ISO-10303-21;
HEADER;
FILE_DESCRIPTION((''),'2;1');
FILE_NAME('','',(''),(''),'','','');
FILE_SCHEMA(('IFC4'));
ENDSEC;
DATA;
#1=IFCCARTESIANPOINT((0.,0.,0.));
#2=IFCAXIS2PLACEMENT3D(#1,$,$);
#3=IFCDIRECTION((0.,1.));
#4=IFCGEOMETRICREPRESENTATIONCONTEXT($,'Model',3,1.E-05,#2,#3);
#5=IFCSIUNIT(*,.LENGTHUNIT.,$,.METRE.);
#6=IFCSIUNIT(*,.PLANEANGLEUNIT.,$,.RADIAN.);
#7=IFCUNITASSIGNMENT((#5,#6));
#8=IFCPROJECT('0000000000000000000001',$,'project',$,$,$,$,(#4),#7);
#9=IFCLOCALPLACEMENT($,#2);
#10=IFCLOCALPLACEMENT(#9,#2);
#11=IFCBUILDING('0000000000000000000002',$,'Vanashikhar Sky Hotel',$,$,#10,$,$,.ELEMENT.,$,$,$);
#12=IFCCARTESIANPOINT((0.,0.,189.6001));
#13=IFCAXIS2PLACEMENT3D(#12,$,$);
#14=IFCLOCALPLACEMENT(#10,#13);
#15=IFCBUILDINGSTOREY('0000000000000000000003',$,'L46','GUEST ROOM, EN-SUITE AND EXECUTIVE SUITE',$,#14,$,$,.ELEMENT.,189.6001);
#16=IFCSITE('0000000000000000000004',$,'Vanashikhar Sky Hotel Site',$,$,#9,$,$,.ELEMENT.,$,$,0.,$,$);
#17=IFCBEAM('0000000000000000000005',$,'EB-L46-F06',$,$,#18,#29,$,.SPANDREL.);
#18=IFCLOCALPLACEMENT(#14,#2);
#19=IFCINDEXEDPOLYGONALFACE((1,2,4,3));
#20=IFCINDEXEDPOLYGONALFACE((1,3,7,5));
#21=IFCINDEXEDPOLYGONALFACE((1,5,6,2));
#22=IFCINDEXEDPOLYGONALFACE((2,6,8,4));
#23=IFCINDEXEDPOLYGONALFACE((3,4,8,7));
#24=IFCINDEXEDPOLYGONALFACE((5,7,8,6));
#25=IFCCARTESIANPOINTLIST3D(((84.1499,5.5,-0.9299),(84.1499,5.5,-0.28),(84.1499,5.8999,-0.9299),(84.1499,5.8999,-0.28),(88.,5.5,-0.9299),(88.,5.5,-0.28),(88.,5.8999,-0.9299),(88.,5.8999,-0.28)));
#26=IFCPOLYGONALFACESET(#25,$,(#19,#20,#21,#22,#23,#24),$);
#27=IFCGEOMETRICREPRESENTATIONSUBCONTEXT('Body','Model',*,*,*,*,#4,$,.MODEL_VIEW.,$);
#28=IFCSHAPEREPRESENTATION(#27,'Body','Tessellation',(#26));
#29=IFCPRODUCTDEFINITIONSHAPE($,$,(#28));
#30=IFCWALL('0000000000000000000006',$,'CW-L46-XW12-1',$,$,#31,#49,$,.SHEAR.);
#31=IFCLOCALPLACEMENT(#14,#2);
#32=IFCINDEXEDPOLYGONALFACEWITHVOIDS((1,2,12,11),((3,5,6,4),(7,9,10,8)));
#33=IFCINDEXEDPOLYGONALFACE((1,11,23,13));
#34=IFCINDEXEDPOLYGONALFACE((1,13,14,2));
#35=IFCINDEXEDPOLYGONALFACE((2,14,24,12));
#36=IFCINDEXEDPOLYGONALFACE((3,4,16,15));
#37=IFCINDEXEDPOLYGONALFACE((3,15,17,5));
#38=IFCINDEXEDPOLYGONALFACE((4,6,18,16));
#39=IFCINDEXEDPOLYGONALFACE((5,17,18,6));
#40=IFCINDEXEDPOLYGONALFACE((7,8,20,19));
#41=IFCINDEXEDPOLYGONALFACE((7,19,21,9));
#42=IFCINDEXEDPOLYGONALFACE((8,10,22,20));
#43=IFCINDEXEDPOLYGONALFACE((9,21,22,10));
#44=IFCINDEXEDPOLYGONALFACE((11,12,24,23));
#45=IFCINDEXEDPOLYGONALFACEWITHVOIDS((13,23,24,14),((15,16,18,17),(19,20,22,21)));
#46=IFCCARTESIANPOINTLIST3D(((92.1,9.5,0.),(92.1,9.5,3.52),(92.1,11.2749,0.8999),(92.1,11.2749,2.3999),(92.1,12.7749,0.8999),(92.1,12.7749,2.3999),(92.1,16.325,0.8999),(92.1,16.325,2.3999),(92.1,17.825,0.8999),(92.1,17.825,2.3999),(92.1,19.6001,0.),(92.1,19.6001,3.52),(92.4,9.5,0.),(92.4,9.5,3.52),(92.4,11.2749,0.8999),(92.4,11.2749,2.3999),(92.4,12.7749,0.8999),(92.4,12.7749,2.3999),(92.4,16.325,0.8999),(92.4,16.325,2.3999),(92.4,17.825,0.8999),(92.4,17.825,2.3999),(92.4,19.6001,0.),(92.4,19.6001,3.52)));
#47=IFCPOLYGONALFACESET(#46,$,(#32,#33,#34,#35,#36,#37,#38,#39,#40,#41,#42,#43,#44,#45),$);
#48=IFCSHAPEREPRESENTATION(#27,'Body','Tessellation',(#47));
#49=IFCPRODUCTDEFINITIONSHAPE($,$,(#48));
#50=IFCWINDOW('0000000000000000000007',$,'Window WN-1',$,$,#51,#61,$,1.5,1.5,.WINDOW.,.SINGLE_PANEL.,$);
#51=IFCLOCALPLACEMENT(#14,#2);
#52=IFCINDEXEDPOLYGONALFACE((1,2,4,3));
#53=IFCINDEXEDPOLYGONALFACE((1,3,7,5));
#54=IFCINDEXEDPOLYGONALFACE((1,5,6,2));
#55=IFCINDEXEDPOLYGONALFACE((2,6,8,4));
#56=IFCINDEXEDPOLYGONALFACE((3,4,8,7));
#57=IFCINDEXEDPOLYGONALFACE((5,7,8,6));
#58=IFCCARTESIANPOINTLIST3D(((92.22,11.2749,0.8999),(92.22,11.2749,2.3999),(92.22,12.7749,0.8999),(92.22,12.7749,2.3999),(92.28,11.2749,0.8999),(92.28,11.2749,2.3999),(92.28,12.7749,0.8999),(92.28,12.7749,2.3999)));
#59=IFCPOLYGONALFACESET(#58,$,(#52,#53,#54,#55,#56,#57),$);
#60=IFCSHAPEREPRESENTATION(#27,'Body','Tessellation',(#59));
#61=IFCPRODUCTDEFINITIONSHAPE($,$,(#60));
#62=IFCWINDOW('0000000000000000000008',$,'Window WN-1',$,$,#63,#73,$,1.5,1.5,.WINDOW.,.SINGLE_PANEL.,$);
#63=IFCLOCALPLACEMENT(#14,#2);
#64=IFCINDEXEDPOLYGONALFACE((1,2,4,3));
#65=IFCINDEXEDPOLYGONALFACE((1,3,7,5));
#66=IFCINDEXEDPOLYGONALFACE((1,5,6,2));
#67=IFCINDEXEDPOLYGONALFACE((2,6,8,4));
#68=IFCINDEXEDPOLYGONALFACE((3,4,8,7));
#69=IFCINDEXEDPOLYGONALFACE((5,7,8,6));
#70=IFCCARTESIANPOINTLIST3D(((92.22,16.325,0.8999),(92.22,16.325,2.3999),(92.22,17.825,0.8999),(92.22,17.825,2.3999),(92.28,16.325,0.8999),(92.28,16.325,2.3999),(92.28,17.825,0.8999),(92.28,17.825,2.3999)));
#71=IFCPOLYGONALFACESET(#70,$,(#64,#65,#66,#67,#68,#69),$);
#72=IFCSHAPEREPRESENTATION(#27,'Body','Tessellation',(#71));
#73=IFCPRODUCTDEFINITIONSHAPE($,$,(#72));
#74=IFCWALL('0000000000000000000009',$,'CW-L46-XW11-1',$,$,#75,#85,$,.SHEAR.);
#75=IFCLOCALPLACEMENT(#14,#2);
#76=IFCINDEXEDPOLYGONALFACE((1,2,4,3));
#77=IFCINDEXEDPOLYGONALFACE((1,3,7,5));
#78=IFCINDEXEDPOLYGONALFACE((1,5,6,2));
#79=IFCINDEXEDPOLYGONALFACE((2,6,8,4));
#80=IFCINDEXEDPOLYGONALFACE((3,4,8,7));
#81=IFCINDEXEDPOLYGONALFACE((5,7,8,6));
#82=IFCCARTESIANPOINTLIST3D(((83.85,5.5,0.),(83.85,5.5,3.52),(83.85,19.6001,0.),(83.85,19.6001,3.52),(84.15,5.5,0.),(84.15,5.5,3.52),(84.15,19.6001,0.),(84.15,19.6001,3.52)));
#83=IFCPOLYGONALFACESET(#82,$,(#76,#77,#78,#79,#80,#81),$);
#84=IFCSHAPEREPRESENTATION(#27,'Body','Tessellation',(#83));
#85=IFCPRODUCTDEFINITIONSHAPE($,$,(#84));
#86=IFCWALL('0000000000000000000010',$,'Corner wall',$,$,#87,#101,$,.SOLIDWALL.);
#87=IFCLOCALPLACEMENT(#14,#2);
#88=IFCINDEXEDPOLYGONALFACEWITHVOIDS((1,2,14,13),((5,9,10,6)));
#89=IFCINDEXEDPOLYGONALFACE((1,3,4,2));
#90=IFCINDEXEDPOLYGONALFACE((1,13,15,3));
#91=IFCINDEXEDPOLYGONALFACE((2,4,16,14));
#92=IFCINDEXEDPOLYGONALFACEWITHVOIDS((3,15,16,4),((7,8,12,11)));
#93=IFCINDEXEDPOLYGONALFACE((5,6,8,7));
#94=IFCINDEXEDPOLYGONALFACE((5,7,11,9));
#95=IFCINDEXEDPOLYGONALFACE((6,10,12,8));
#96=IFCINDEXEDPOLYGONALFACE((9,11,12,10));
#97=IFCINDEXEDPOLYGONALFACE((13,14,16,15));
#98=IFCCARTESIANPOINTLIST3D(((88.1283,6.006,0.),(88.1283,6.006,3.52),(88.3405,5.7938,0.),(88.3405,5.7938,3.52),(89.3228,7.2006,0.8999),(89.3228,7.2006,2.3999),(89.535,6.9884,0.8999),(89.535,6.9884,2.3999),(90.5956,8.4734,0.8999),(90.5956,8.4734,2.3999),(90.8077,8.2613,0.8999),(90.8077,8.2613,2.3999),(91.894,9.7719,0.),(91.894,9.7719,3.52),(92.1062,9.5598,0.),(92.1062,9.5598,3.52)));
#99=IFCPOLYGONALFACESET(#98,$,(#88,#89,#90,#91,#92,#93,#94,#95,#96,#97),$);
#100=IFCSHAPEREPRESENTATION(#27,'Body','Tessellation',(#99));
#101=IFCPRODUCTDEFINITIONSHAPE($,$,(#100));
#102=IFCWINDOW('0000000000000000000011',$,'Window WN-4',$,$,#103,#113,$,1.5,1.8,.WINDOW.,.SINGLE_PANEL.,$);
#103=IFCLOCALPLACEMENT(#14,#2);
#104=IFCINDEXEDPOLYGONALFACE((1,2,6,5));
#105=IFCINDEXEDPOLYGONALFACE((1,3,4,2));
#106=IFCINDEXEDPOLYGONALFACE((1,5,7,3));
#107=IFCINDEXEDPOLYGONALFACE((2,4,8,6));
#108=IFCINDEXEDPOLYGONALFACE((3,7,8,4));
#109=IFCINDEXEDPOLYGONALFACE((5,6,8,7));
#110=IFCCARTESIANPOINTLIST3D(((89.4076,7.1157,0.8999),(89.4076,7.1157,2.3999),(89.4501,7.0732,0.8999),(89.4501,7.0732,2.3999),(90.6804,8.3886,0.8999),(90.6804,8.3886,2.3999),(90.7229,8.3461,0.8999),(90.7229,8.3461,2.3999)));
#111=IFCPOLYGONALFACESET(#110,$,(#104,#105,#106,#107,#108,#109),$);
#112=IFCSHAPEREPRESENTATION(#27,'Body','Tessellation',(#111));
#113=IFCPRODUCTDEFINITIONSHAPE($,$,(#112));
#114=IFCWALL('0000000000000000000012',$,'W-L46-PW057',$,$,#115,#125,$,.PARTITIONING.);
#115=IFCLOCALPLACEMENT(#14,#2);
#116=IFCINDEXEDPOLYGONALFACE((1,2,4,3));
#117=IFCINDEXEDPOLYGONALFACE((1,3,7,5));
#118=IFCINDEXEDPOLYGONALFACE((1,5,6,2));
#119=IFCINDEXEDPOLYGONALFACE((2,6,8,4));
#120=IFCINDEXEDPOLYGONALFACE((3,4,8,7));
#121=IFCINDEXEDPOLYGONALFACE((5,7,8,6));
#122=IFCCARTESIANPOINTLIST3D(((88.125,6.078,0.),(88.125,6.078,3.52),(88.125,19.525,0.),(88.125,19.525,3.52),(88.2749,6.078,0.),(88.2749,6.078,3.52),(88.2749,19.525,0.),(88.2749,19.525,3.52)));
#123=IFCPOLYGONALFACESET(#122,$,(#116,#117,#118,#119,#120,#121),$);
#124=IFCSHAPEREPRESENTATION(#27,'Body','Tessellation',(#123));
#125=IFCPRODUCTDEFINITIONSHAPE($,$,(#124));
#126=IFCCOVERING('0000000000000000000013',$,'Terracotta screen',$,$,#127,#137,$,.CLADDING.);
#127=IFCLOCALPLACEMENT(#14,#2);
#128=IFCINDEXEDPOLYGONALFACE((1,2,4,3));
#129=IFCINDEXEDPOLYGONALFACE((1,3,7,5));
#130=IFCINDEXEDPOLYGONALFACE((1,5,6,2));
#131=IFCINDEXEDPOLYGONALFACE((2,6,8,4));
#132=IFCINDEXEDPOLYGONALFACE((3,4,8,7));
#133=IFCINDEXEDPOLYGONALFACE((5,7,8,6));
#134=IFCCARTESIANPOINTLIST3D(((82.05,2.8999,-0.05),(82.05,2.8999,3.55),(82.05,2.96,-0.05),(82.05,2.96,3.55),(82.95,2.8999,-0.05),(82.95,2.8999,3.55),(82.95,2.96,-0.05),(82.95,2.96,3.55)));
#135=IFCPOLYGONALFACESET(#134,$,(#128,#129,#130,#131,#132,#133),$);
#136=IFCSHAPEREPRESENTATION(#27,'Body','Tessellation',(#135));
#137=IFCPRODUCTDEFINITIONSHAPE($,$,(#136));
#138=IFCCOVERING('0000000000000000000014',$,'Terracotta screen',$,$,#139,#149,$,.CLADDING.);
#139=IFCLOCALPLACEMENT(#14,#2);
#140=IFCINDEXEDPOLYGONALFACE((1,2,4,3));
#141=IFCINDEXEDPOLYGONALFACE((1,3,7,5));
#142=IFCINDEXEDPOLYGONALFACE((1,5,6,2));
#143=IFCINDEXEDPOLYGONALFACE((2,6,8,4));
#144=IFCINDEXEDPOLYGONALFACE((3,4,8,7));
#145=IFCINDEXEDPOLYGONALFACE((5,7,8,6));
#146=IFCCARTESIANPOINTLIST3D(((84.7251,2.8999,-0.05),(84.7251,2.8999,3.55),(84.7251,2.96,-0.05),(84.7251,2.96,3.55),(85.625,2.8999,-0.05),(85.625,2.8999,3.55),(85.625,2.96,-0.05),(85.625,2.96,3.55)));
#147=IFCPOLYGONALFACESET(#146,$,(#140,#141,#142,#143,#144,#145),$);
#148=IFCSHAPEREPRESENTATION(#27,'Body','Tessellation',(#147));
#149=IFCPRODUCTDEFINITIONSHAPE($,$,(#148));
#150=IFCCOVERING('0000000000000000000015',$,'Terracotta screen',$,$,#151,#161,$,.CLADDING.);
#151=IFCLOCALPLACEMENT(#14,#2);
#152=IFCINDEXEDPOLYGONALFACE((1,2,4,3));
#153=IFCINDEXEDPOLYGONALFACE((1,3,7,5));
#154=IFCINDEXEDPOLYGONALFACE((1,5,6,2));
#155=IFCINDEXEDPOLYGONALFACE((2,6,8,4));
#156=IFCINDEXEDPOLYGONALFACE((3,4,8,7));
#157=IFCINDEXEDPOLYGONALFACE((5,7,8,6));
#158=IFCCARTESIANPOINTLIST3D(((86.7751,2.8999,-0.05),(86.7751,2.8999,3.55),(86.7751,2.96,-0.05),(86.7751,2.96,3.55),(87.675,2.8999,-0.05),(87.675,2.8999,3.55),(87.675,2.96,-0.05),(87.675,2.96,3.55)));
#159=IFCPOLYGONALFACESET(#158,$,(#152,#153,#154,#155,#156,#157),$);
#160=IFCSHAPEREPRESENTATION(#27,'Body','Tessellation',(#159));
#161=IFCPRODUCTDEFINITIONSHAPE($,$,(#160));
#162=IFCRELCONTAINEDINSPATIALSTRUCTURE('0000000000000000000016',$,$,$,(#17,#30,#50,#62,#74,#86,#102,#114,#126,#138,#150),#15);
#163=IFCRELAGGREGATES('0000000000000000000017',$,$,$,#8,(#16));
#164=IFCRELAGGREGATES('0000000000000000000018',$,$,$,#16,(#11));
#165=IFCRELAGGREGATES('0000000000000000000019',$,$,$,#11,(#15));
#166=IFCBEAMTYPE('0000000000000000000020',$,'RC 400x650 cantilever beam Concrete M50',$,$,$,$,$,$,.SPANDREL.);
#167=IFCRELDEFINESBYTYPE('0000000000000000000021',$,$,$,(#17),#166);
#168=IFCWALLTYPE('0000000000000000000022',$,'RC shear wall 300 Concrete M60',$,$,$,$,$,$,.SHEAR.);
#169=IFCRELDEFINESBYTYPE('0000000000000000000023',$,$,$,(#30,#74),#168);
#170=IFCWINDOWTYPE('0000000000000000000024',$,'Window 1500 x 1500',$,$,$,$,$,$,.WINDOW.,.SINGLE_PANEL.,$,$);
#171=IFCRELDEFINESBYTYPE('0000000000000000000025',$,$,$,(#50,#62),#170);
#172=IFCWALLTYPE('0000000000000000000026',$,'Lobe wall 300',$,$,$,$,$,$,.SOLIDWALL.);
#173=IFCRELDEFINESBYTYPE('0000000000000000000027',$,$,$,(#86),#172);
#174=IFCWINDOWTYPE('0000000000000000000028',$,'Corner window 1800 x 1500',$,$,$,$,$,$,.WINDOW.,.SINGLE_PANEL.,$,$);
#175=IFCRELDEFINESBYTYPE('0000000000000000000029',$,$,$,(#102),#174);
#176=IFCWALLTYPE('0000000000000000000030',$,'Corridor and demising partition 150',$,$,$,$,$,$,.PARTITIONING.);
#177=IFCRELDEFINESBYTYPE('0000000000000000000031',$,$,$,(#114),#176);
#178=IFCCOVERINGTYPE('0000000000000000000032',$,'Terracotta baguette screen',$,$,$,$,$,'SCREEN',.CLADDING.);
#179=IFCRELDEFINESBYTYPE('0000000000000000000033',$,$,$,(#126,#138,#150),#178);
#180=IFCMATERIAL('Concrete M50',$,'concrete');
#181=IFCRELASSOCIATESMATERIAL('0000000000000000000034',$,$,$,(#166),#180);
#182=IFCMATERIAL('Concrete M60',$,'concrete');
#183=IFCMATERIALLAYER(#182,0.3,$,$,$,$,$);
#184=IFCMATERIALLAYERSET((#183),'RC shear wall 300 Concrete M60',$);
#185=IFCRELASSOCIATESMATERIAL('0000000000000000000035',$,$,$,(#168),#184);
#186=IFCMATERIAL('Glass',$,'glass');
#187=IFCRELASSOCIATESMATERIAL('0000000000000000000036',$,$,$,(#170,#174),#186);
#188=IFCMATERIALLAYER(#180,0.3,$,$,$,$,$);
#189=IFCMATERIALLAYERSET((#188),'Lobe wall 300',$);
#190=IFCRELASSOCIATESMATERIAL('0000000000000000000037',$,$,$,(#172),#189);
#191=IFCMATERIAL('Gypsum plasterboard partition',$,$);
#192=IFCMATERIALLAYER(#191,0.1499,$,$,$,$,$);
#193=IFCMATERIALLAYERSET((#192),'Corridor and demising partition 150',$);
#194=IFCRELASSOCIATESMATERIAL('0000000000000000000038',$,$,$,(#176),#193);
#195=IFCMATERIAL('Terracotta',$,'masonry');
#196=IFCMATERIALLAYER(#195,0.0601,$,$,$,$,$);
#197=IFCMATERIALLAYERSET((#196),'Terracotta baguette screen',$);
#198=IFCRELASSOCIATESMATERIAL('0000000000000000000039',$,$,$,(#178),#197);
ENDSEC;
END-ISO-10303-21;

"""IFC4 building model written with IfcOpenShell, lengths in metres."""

from ifc_helpers import new_model, si_unit, direction, frame, frame_2d, origin, origin_2d, place, context, subcontext, project, spatial, rectangle, extrude, source, transform, mapped, material, layer, layer_set, material_profile, profile_set, type_object, element, fill, save


model = new_model("IFC4")

# Units and contexts
model_context = context("Model", 3, precision=1e-05, world=origin(), true_north=direction((0.0, 1.0)))
body_context = subcontext(model_context, "Body", "Model", "MODEL_VIEW")
ifc_project = project(units=[si_unit("LENGTHUNIT", "METRE"), si_unit("PLANEANGLEUNIT", "RADIAN")], contexts=[model_context])

# Site, building, storey
site_placement = place(None, origin())
site = spatial("IfcSite", under=ifc_project, at=site_placement, Name="Vanashikhar Sky Hotel Site", CompositionType="ELEMENT", RefElevation=0.0)
building_placement = place(site_placement, origin())
building = spatial("IfcBuilding", under=site, at=building_placement, Name="Vanashikhar Sky Hotel", CompositionType="ELEMENT")
storey_placement = place(building_placement, frame((0.0, 0.0, 189.6001)))
storey = spatial("IfcBuildingStorey", under=building, at=storey_placement, Name="L46", Description="GUEST ROOM, EN-SUITE AND EXECUTIVE SUITE", CompositionType="ELEMENT", Elevation=189.6001)

# Beam
ifc_material_1 = material(Name="Concrete M50", Category="concrete")
ifc_material_profile = material_profile(ifc_material_1, rectangle(XDim=0.3999, YDim=0.6499, at=origin_2d()))
ifc_profile_set = profile_set([ifc_material_profile], Name="RC 400x650 cantilever beam Concrete M50")
beam_type = type_object("IfcBeamType", Name="RC 400x650 cantilever beam Concrete M50", PredefinedType="SPANDREL", material=ifc_profile_set)
shared_shape_1 = source(origin(), body_context, "Body", "SweptSolid", [
    extrude(rectangle(XDim=0.3999, YDim=0.6499, at=origin_2d()), origin(), (0.0, 0.0, 1.0), 3.8501),
])
beam_placement = place(storey_placement, frame((84.1499, 5.7, -0.605), z_axis=(1.0, 0.0, 0.0), x_axis=(0.0, 1.0, 0.0)))
element("IfcBeam", 1, at=beam_placement, inside=storey, type_object=beam_type, Name="EB-L46-F06", PredefinedType="SPANDREL", context=body_context, shape_type="MappedRepresentation", body=[
    mapped(shared_shape_1, transform((0.0, 0.0, 0.0), scale=1.0)),
])

# Wall, openings, windows
ifc_material_2 = material(Name="Concrete M60", Category="concrete")
ifc_layer_1 = layer(ifc_material_2, 0.3)
ifc_layer_set_1 = layer_set([ifc_layer_1], Name="RC shear wall 300 Concrete M60")
wall_type_1 = type_object("IfcWallType", Name="RC shear wall 300 Concrete M60", PredefinedType="SHEAR", material=ifc_layer_set_1)
shared_shape_2 = source(origin(), body_context, "Body", "SweptSolid", [
    extrude(rectangle(XDim=10.1001, YDim=0.3, at=frame_2d((5.05, 0.0))), origin(), (0.0, 0.0, 1.0), 3.52),
])
wall_1_placement = place(storey_placement, frame((92.25, 9.5, 0.0), z_axis=(0.0, 0.0, 1.0), x_axis=(0.0, 1.0, 0.0)))
wall_1 = element("IfcWall", 2, at=wall_1_placement, inside=storey, type_object=wall_type_1, Name="CW-L46-XW12-1", PredefinedType="SHEAR", context=body_context, shape_type="MappedRepresentation", body=[
    mapped(shared_shape_2, transform((0.0, 0.0, 0.0), scale=1.0)),
])
shared_shape_3 = source(origin(), body_context, "Body", "SweptSolid", [
    extrude(rectangle(XDim=1.5, YDim=1.5, at=frame_2d((0.75, 0.75))), frame((0.0, 0.1602, 0.0), z_axis=(0.0, -1.0, 0.0), x_axis=(1.0, 0.0, 0.0)), (0.0, 0.0, 1.0), 0.3201),
])
opening_1_placement = place(wall_1_placement, frame((1.7749, 0.0, 0.8999)))
opening_1 = element("IfcOpeningElement", 3, at=opening_1_placement, cuts=wall_1, PredefinedType="OPENING", context=body_context, shape_type="MappedRepresentation", body=[
    mapped(shared_shape_3, transform((0.0, 0.0, 0.0), scale=1.0)),
])
opening_2_placement = place(wall_1_placement, frame((6.825, 0.0, 0.8999)))
opening_2 = element("IfcOpeningElement", 4, at=opening_2_placement, cuts=wall_1, PredefinedType="OPENING", context=body_context, shape_type="MappedRepresentation", body=[
    mapped(shared_shape_3, transform((0.0, 0.0, 0.0), scale=1.0)),
])
ifc_material_3 = material(Name="Glass", Category="glass")
window_type_1 = type_object("IfcWindowType", Name="Window 1500 x 1500", PartitioningType="SINGLE_PANEL", PredefinedType="WINDOW", material=ifc_material_3)
shared_shape_4 = source(origin(), body_context, "Body", "SweptSolid", [
    extrude(rectangle(XDim=1.5, YDim=1.5, at=frame_2d((0.75, 0.75))), frame((0.0, 0.03, 0.0), z_axis=(0.0, -1.0, 0.0), x_axis=(1.0, 0.0, 0.0)), (0.0, 0.0, 1.0), 0.0601),
])
window_1_placement = place(opening_1_placement, origin())
window_1 = element("IfcWindow", 5, at=window_1_placement, inside=storey, type_object=window_type_1, Name="Window WN-1", OverallHeight=1.5, OverallWidth=1.5, PartitioningType="SINGLE_PANEL", PredefinedType="WINDOW", context=body_context, shape_type="MappedRepresentation", body=[
    mapped(shared_shape_4, transform((0.0, 0.0, 0.0), scale=1.0)),
])
fill(opening_1, window_1)
window_2_placement = place(opening_2_placement, origin())
window_2 = element("IfcWindow", 6, at=window_2_placement, inside=storey, type_object=window_type_1, Name="Window WN-1", OverallHeight=1.5, OverallWidth=1.5, PartitioningType="SINGLE_PANEL", PredefinedType="WINDOW", context=body_context, shape_type="MappedRepresentation", body=[
    mapped(shared_shape_4, transform((0.0, 0.0, 0.0), scale=1.0)),
])
fill(opening_2, window_2)

# Wall
shared_shape_5 = source(origin(), body_context, "Body", "SweptSolid", [
    extrude(rectangle(XDim=14.1001, YDim=0.3, at=frame_2d((7.05, 0.0))), origin(), (0.0, 0.0, 1.0), 3.52),
])
wall_2_placement = place(storey_placement, frame((84.0, 5.5, 0.0), z_axis=(0.0, 0.0, 1.0), x_axis=(0.0, 1.0, 0.0)))
element("IfcWall", 7, at=wall_2_placement, inside=storey, type_object=wall_type_1, Name="CW-L46-XW11-1", PredefinedType="SHEAR", context=body_context, shape_type="MappedRepresentation", body=[
    mapped(shared_shape_5, transform((0.0, 0.0, 0.0), scale=1.0)),
])

# Wall, opening, window
ifc_layer_2 = layer(ifc_material_1, 0.3)
ifc_layer_set_2 = layer_set([ifc_layer_2], Name="Lobe wall 300")
wall_type_2 = type_object("IfcWallType", Name="Lobe wall 300", PredefinedType="SOLIDWALL", material=ifc_layer_set_2)
shared_shape_6 = source(origin(), body_context, "Body", "SweptSolid", [
    extrude(rectangle(XDim=5.3257, YDim=0.3, at=frame_2d((2.6628, 0.0))), origin(), (0.0, 0.0, 1.0), 3.52),
])
wall_3_placement = place(storey_placement, frame((88.2344, 5.8999, 0.0), z_axis=(0.0, 0.0, 1.0), x_axis=(0.707084, 0.70713, 0.0)))
wall_3 = element("IfcWall", 8, at=wall_3_placement, inside=storey, type_object=wall_type_2, Name="Corner wall", PredefinedType="SOLIDWALL", context=body_context, shape_type="MappedRepresentation", body=[
    mapped(shared_shape_6, transform((0.0, 0.0, 0.0), scale=1.0)),
])
shared_shape_7 = source(origin(), body_context, "Body", "SweptSolid", [
    extrude(rectangle(XDim=1.8, YDim=1.5, at=frame_2d((0.8999, 0.75))), frame((0.0, 0.1602, 0.0), z_axis=(0.0, -1.0, 0.0), x_axis=(1.0, 0.0, 0.0)), (0.0, 0.0, 1.0), 0.3201),
])
opening_3_placement = place(wall_3_placement, frame((1.6895, 0.0, 0.8999)))
opening_3 = element("IfcOpeningElement", 9, at=opening_3_placement, cuts=wall_3, PredefinedType="OPENING", context=body_context, shape_type="MappedRepresentation", body=[
    mapped(shared_shape_7, transform((0.0, 0.0, 0.0), scale=1.0)),
])
window_type_2 = type_object("IfcWindowType", Name="Corner window 1800 x 1500", PartitioningType="SINGLE_PANEL", PredefinedType="WINDOW", material=ifc_material_3)
shared_shape_8 = source(origin(), body_context, "Body", "SweptSolid", [
    extrude(rectangle(XDim=1.8, YDim=1.5, at=frame_2d((0.8999, 0.75))), frame((0.0, 0.03, 0.0), z_axis=(0.0, -1.0, 0.0), x_axis=(1.0, 0.0, 0.0)), (0.0, 0.0, 1.0), 0.0601),
])
window_3_placement = place(opening_3_placement, origin())
window_3 = element("IfcWindow", 10, at=window_3_placement, inside=storey, type_object=window_type_2, Name="Window WN-4", OverallHeight=1.5, OverallWidth=1.8, PartitioningType="SINGLE_PANEL", PredefinedType="WINDOW", context=body_context, shape_type="MappedRepresentation", body=[
    mapped(shared_shape_8, transform((0.0, 0.0, 0.0), scale=1.0)),
])
fill(opening_3, window_3)

# Wall
ifc_material_4 = material(Name="Gypsum plasterboard partition")
ifc_layer_3 = layer(ifc_material_4, 0.1499)
ifc_layer_set_3 = layer_set([ifc_layer_3], Name="Corridor and demising partition 150")
wall_type_3 = type_object("IfcWallType", Name="Corridor and demising partition 150", PredefinedType="PARTITIONING", material=ifc_layer_set_3)
shared_shape_9 = source(origin(), body_context, "Body", "SweptSolid", [
    extrude(rectangle(XDim=13.447, YDim=0.1499, at=frame_2d((6.7236, 0.0))), origin(), (0.0, 0.0, 1.0), 3.52),
])
wall_4_placement = place(storey_placement, frame((88.2, 6.0779, 0.0), z_axis=(0.0, 0.0, 1.0), x_axis=(0.0, 1.0, 0.0)))
element("IfcWall", 11, at=wall_4_placement, inside=storey, type_object=wall_type_3, Name="W-L46-PW057", PredefinedType="PARTITIONING", context=body_context, shape_type="MappedRepresentation", body=[
    mapped(shared_shape_9, transform((0.0, 0.0, 0.0), scale=1.0)),
])

# Coverings
ifc_material_5 = material(Name="Terracotta", Category="masonry")
ifc_layer_4 = layer(ifc_material_5, 0.0601)
ifc_layer_set_4 = layer_set([ifc_layer_4], Name="Terracotta baguette screen")
covering_type = type_object("IfcCoveringType", Name="Terracotta baguette screen", ElementType="SCREEN", PredefinedType="CLADDING", material=ifc_layer_set_4)
shared_shape_10 = source(origin(), body_context, "Body", "SweptSolid", [
    extrude(rectangle(XDim=0.8999, YDim=0.0601, at=origin_2d()), origin(), (0.0, 0.0, 1.0), 3.6001),
])
for number, where, z_axis, x_axis, name in (
    (12, (82.5, 2.9299, -0.05), (0.0, 0.0, 1.0), (1.0, 0.0, 0.0), "Terracotta screen"),
    (13, (85.175, 2.9299, -0.05), (0.0, 0.0, 1.0), (1.0, 0.0, 0.0), "Terracotta screen"),
    (14, (87.2251, 2.9299, -0.05), (0.0, 0.0, 1.0), (1.0, 0.0, 0.0), "Terracotta screen"),
):
    element("IfcCovering", number, at=place(storey_placement, frame(where, z_axis=z_axis, x_axis=x_axis)), inside=storey, type_object=covering_type, Name=name, PredefinedType="CLADDING", context=body_context, shape_type="MappedRepresentation", body=[
        mapped(shared_shape_10, transform((0.0, 0.0, 0.0), scale=1.0)),
    ])

save(model, "model.ifc")
